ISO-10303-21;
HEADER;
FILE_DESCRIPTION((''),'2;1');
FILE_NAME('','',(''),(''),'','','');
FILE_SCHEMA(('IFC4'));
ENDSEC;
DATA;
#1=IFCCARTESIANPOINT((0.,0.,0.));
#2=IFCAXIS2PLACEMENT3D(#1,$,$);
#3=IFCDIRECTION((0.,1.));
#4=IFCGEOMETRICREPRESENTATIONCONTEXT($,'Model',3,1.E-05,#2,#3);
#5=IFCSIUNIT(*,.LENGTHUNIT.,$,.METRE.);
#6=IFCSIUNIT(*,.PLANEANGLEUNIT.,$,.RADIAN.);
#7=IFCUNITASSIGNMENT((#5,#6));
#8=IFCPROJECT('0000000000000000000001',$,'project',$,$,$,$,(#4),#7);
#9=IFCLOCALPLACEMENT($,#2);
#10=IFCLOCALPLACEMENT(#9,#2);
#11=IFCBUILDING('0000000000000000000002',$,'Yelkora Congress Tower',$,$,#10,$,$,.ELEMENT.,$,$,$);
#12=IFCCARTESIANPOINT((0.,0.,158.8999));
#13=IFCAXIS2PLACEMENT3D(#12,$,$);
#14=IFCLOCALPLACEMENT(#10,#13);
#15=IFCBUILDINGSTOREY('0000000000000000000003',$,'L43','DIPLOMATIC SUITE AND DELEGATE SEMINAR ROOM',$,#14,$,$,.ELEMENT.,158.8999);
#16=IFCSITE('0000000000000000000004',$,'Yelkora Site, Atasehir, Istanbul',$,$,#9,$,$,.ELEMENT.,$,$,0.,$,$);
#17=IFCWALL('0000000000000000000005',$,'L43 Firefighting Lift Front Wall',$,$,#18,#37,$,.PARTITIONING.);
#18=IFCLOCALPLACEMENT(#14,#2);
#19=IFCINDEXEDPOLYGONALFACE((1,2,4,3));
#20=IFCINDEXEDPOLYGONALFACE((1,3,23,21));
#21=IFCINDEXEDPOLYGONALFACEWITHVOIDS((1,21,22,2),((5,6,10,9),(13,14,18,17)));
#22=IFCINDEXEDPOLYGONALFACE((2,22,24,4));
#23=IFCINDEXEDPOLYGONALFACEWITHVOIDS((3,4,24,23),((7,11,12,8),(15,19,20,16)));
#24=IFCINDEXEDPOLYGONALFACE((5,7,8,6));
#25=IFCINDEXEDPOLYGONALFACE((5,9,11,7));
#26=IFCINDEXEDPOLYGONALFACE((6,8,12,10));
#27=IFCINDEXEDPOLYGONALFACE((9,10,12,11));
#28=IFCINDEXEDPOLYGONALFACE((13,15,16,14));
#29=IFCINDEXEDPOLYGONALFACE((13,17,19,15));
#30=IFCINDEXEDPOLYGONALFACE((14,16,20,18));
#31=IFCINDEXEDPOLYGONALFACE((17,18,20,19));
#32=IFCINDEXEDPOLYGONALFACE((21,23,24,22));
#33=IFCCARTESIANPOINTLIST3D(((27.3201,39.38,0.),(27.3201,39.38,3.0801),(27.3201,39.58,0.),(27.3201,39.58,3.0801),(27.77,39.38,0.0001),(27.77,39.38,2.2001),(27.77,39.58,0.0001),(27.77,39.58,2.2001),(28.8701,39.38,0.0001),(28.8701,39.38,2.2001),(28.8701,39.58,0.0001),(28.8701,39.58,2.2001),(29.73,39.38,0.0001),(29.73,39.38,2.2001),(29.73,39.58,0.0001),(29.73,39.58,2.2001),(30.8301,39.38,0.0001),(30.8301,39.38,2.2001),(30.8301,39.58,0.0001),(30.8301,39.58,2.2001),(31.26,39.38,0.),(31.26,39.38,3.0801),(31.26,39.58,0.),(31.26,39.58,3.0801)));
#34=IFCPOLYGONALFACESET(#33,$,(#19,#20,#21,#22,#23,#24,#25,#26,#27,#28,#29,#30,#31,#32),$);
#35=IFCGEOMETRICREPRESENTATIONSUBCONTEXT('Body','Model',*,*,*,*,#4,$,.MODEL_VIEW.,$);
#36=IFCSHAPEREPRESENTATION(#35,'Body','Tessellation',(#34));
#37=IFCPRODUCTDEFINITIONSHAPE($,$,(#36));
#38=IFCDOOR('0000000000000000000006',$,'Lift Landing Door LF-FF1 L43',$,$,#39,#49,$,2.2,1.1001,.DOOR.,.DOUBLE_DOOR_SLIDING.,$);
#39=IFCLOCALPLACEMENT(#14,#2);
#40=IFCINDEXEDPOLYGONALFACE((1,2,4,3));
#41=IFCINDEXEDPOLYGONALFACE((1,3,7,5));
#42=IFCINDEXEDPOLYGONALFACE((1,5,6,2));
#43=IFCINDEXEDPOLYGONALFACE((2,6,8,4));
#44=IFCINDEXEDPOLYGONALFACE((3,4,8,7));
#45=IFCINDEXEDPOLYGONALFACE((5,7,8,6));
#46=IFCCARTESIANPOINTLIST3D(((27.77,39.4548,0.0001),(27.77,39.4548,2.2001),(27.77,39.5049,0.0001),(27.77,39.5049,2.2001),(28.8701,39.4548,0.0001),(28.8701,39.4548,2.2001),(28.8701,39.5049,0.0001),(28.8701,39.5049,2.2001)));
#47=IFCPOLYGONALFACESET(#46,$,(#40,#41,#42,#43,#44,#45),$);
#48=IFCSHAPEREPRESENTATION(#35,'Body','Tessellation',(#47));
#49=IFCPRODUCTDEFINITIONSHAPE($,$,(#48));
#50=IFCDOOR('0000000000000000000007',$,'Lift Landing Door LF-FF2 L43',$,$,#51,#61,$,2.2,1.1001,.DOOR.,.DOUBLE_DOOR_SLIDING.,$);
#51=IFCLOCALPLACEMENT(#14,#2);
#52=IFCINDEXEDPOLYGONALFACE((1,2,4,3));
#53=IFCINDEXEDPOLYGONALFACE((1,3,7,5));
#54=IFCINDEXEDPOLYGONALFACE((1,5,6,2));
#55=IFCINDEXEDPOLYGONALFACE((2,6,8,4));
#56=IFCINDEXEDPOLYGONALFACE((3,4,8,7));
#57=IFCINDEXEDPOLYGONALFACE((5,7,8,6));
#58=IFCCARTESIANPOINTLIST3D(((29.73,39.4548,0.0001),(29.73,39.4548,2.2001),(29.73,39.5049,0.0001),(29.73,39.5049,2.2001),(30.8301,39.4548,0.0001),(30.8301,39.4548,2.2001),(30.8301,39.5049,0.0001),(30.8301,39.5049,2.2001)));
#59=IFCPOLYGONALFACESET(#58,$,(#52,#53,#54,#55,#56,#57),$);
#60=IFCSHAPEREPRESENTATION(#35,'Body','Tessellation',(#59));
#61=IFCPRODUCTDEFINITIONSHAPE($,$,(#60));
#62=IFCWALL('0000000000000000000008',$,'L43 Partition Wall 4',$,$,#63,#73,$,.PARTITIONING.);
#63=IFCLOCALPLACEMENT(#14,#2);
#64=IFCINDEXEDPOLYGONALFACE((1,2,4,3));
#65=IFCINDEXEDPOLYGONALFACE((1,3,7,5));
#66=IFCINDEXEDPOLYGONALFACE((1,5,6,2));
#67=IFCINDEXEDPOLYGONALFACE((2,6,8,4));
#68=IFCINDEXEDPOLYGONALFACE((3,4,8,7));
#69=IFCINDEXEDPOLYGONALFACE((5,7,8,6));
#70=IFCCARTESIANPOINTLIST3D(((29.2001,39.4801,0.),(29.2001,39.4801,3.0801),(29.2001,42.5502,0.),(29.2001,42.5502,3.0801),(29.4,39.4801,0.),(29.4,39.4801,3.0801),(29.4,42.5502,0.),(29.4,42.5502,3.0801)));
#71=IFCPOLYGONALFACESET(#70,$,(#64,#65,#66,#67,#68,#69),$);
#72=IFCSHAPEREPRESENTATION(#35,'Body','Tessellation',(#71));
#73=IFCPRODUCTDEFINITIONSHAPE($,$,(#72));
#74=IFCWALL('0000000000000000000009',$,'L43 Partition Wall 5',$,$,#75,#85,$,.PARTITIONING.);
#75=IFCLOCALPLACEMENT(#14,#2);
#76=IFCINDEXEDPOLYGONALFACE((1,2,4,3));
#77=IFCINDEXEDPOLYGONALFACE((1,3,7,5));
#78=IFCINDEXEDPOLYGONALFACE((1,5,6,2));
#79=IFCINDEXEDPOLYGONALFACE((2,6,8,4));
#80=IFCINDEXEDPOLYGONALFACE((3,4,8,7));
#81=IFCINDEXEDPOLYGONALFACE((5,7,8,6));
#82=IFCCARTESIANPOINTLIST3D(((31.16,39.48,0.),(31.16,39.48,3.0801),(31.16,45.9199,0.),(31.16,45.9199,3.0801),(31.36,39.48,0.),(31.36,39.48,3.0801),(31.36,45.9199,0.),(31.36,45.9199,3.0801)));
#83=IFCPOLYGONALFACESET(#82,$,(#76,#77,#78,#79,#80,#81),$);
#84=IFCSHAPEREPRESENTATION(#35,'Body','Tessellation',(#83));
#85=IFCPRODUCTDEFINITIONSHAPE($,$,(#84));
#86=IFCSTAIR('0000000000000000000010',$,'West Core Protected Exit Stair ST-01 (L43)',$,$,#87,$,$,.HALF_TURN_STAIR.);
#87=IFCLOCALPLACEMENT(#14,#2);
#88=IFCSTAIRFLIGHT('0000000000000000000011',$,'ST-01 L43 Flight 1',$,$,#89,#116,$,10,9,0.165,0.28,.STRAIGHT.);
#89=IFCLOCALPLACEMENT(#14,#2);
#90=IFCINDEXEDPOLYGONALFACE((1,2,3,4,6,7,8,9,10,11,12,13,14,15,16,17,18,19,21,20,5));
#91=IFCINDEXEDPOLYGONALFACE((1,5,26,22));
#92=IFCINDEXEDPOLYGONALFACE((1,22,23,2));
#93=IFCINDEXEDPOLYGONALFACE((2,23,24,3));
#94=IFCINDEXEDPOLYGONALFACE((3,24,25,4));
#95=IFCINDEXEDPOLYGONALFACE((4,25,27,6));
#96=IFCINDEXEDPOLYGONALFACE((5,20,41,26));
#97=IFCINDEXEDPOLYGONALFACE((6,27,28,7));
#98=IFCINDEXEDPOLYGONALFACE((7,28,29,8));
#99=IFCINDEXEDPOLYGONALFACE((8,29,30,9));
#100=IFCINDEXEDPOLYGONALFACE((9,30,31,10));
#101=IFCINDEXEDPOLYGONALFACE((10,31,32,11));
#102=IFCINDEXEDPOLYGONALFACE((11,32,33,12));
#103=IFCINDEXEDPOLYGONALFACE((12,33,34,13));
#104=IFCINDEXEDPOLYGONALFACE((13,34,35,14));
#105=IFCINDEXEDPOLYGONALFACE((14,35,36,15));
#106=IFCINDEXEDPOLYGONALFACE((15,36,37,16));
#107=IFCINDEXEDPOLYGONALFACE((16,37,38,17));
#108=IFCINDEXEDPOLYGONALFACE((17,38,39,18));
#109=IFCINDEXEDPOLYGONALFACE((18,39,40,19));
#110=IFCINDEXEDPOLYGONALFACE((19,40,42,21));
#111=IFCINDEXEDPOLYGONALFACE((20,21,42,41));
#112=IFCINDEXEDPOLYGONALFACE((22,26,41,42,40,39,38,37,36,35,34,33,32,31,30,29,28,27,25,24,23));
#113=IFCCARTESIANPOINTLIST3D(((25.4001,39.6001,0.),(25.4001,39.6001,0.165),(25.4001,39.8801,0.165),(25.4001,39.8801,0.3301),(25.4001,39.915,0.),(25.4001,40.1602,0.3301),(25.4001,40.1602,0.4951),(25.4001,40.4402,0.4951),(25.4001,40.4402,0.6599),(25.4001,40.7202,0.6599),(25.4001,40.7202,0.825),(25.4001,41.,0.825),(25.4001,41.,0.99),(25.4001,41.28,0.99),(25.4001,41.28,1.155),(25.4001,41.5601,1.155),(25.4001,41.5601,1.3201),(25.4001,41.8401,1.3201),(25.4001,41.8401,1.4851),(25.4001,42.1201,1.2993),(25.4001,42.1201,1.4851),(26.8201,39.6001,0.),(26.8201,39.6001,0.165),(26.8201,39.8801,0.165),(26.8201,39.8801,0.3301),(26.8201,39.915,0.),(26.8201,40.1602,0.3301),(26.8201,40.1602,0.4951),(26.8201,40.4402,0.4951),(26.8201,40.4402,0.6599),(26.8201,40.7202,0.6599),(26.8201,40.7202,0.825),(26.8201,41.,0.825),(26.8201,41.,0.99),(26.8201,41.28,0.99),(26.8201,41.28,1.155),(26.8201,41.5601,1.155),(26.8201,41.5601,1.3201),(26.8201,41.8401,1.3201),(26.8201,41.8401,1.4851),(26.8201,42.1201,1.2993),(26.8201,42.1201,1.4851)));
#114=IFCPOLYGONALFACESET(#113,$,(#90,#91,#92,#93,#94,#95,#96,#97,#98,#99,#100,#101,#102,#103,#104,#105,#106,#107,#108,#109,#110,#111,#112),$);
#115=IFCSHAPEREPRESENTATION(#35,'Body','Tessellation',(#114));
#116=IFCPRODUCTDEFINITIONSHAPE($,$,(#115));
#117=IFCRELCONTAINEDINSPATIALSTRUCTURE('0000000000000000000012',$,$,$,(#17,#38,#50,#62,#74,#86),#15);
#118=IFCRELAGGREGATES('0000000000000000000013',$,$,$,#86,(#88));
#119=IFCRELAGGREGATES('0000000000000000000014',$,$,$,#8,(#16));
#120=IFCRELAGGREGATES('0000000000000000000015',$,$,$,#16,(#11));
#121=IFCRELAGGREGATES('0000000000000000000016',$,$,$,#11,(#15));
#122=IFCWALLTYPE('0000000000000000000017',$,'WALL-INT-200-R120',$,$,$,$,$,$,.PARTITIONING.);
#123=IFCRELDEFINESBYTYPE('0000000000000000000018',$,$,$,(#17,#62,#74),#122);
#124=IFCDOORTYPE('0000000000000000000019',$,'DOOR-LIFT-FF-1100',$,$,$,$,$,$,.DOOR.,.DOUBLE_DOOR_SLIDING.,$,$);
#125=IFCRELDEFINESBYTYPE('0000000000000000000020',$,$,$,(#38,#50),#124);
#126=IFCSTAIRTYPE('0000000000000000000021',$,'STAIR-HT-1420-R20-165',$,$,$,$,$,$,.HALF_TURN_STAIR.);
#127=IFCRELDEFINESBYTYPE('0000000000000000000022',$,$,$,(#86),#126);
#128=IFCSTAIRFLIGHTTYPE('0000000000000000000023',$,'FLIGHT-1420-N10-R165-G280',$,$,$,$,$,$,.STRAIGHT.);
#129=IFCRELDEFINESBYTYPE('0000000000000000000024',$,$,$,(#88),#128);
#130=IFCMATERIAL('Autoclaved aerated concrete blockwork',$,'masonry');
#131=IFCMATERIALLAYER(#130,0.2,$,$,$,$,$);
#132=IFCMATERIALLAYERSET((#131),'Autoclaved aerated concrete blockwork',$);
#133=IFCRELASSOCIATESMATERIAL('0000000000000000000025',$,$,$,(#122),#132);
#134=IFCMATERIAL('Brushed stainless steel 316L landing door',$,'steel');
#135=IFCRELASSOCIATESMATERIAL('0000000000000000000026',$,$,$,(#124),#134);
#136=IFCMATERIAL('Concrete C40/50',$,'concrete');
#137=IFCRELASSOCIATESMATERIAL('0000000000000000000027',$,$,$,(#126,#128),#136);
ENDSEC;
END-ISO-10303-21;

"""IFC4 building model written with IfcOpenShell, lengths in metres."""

from ifc_helpers import new_model, si_unit, direction, frame, frame_2d, origin, place, context, subcontext, project, spatial, polyline, rectangle, outline, extrude, material, layer, layer_set, type_object, element, fill, aggregate, save


model = new_model("IFC4")

# Units and contexts
model_context = context("Model", 3, precision=1e-05, world=origin(), true_north=direction((0.0, 1.0)))
body_context = subcontext(model_context, "Body", "Model", "MODEL_VIEW")
ifc_project = project(units=[si_unit("LENGTHUNIT", "METRE"), si_unit("PLANEANGLEUNIT", "RADIAN")], contexts=[model_context])

# Site, building, storey
site_placement = place(None, origin())
site = spatial("IfcSite", under=ifc_project, at=site_placement, Name="Yelkora Site, Atasehir, Istanbul", CompositionType="ELEMENT", RefElevation=0.0)
building_placement = place(site_placement, origin())
building = spatial("IfcBuilding", under=site, at=building_placement, Name="Yelkora Congress Tower", CompositionType="ELEMENT")
storey_placement = place(building_placement, frame((0.0, 0.0, 158.8999)))
storey = spatial("IfcBuildingStorey", under=building, at=storey_placement, Name="L43", Description="DIPLOMATIC SUITE AND DELEGATE SEMINAR ROOM", CompositionType="ELEMENT", Elevation=158.8999)

# Shared definitions
ifc_material_1 = material(Name="Autoclaved aerated concrete blockwork", Category="masonry")
ifc_layer_1 = layer(ifc_material_1, 0.2)
ifc_layer_set_1 = layer_set([ifc_layer_1], Name="Autoclaved aerated concrete blockwork")
wall_type_1 = type_object("IfcWallType", Name="WALL-INT-200-R120", PredefinedType="PARTITIONING", material=ifc_layer_set_1)

# Wall, openings, doors
wall_1_placement = place(storey_placement, frame((27.3201, 39.48, 0.0), z_axis=(0.0, 0.0, 1.0), x_axis=(1.0, 0.0, 0.0)))
wall_1 = element("IfcWall", 1, at=wall_1_placement, inside=storey, type_object=wall_type_1, Name="L43 Firefighting Lift Front Wall", PredefinedType="PARTITIONING", context=body_context, shape_type="SweptSolid", body=[
    extrude(rectangle(XDim=3.9399, YDim=0.2, at=frame_2d((1.97, 0.0))), origin(), (0.0, 0.0, 1.0), 3.0801),
])
opening_1_placement = place(wall_1_placement, frame((0.45, 0.0, 0.0)))
opening_1 = element("IfcOpeningElement", 2, at=opening_1_placement, cuts=wall_1, PredefinedType="OPENING", context=body_context, shape_type="SweptSolid", body=[
    extrude(rectangle(XDim=1.1001, YDim=2.2, at=frame_2d((0.55, 1.1001))), frame((0.0, 0.1099, 0.0), z_axis=(0.0, -1.0, 0.0), x_axis=(1.0, 0.0, 0.0)), (0.0, 0.0, 1.0), 0.22),
])
opening_2_placement = place(wall_1_placement, frame((2.4099, 0.0, 0.0)))
opening_2 = element("IfcOpeningElement", 3, at=opening_2_placement, cuts=wall_1, PredefinedType="OPENING", context=body_context, shape_type="SweptSolid", body=[
    extrude(rectangle(XDim=1.1001, YDim=2.2, at=frame_2d((0.55, 1.1001))), frame((0.0, 0.1099, 0.0), z_axis=(0.0, -1.0, 0.0), x_axis=(1.0, 0.0, 0.0)), (0.0, 0.0, 1.0), 0.22),
])
ifc_material_2 = material(Name="Brushed stainless steel 316L landing door", Category="steel")
door_type_1 = type_object("IfcDoorType", Name="DOOR-LIFT-FF-1100", OperationType="DOUBLE_DOOR_SLIDING", PredefinedType="DOOR", material=ifc_material_2)
door_1_placement = place(opening_1_placement, origin())
door_1 = element("IfcDoor", 4, at=door_1_placement, inside=storey, type_object=door_type_1, Name="Lift Landing Door LF-FF1 L43", OperationType="DOUBLE_DOOR_SLIDING", OverallHeight=2.2, OverallWidth=1.1001, PredefinedType="DOOR", context=body_context, shape_type="SweptSolid", body=[
    extrude(rectangle(XDim=1.1001, YDim=2.2, at=frame_2d((0.55, 1.1001))), frame((0.0, 0.0249, 0.0), z_axis=(0.0, -1.0, 0.0), x_axis=(1.0, 0.0, 0.0)), (0.0, 0.0, 1.0), 0.05),
])
fill(opening_1, door_1)
door_2_placement = place(opening_2_placement, origin())
door_2 = element("IfcDoor", 5, at=door_2_placement, inside=storey, type_object=door_type_1, Name="Lift Landing Door LF-FF2 L43", OperationType="DOUBLE_DOOR_SLIDING", OverallHeight=2.2, OverallWidth=1.1001, PredefinedType="DOOR", context=body_context, shape_type="SweptSolid", body=[
    extrude(rectangle(XDim=1.1001, YDim=2.2, at=frame_2d((0.55, 1.1001))), frame((0.0, 0.0249, 0.0), z_axis=(0.0, -1.0, 0.0), x_axis=(1.0, 0.0, 0.0)), (0.0, 0.0, 1.0), 0.05),
])
fill(opening_2, door_2)

# Walls
wall_2_placement = place(storey_placement, frame((29.3, 39.48, 0.0), z_axis=(0.0, 0.0, 1.0), x_axis=(0.0, 1.0, 0.0)))
element("IfcWall", 6, at=wall_2_placement, inside=storey, type_object=wall_type_1, Name="L43 Partition Wall 4", PredefinedType="PARTITIONING", context=body_context, shape_type="SweptSolid", body=[
    extrude(rectangle(XDim=3.0701, YDim=0.2, at=frame_2d((1.5352, 0.0))), origin(), (0.0, 0.0, 1.0), 3.0801),
])
wall_3_placement = place(storey_placement, frame((31.26, 39.48, 0.0), z_axis=(0.0, 0.0, 1.0), x_axis=(0.0, 1.0, 0.0)))
element("IfcWall", 7, at=wall_3_placement, inside=storey, type_object=wall_type_1, Name="L43 Partition Wall 5", PredefinedType="PARTITIONING", context=body_context, shape_type="SweptSolid", body=[
    extrude(rectangle(XDim=6.4399, YDim=0.2, at=frame_2d((3.22, 0.0))), origin(), (0.0, 0.0, 1.0), 3.0801),
])

# Stair, stair flight
ifc_material_3 = material(Name="Concrete C40/50", Category="concrete")
stair_type = type_object("IfcStairType", Name="STAIR-HT-1420-R20-165", PredefinedType="HALF_TURN_STAIR", material=ifc_material_3)
stair_placement = place(storey_placement, origin())
stair = element("IfcStair", 8, at=stair_placement, inside=storey, type_object=stair_type, Name="West Core Protected Exit Stair ST-01 (L43)", PredefinedType="HALF_TURN_STAIR")
stair_flight_type = type_object("IfcStairFlightType", Name="FLIGHT-1420-N10-R165-G280", PredefinedType="STRAIGHT", material=ifc_material_3)
stair_flight_placement = place(storey_placement, frame((26.1101, 39.6001, 0.0), z_axis=(0.0, 0.0, 1.0), x_axis=(0.0, 1.0, 0.0)))
stair_flight = element("IfcStairFlight", 9, at=stair_flight_placement, type_object=stair_flight_type, Name="ST-01 L43 Flight 1", NumberOfRisers=10, NumberOfTreads=9, PredefinedType="STRAIGHT", RiserHeight=0.165, TreadLength=0.28, context=body_context, shape_type="SweptSolid", body=[
    extrude(outline(polyline([(0.0, 0.0), (0.0, 0.165), (0.28, 0.165), (0.28, 0.3301), (0.5601, 0.3301), (0.5601, 0.4951), (0.8401, 0.4951), (0.8401, 0.6599), (1.1201, 0.6599), (1.1201, 0.825), (1.3999, 0.825), (1.3999, 0.99), (1.6799, 0.99), (1.6799, 1.155), (1.96, 1.155), (1.96, 1.3201), (2.24, 1.3201), (2.24, 1.4851), (2.52, 1.4851), (2.52, 1.6499), (2.52, 1.2993), (0.3149, 0.0), (0.0, 0.0)])), frame((0.0, 0.71, 0.0), z_axis=(0.0, -1.0, 0.0), x_axis=(1.0, 0.0, 0.0)), (0.0, 0.0, 1.0), 1.4199),
])
aggregate(stair, [stair_flight])

save(model, "model.ifc")
